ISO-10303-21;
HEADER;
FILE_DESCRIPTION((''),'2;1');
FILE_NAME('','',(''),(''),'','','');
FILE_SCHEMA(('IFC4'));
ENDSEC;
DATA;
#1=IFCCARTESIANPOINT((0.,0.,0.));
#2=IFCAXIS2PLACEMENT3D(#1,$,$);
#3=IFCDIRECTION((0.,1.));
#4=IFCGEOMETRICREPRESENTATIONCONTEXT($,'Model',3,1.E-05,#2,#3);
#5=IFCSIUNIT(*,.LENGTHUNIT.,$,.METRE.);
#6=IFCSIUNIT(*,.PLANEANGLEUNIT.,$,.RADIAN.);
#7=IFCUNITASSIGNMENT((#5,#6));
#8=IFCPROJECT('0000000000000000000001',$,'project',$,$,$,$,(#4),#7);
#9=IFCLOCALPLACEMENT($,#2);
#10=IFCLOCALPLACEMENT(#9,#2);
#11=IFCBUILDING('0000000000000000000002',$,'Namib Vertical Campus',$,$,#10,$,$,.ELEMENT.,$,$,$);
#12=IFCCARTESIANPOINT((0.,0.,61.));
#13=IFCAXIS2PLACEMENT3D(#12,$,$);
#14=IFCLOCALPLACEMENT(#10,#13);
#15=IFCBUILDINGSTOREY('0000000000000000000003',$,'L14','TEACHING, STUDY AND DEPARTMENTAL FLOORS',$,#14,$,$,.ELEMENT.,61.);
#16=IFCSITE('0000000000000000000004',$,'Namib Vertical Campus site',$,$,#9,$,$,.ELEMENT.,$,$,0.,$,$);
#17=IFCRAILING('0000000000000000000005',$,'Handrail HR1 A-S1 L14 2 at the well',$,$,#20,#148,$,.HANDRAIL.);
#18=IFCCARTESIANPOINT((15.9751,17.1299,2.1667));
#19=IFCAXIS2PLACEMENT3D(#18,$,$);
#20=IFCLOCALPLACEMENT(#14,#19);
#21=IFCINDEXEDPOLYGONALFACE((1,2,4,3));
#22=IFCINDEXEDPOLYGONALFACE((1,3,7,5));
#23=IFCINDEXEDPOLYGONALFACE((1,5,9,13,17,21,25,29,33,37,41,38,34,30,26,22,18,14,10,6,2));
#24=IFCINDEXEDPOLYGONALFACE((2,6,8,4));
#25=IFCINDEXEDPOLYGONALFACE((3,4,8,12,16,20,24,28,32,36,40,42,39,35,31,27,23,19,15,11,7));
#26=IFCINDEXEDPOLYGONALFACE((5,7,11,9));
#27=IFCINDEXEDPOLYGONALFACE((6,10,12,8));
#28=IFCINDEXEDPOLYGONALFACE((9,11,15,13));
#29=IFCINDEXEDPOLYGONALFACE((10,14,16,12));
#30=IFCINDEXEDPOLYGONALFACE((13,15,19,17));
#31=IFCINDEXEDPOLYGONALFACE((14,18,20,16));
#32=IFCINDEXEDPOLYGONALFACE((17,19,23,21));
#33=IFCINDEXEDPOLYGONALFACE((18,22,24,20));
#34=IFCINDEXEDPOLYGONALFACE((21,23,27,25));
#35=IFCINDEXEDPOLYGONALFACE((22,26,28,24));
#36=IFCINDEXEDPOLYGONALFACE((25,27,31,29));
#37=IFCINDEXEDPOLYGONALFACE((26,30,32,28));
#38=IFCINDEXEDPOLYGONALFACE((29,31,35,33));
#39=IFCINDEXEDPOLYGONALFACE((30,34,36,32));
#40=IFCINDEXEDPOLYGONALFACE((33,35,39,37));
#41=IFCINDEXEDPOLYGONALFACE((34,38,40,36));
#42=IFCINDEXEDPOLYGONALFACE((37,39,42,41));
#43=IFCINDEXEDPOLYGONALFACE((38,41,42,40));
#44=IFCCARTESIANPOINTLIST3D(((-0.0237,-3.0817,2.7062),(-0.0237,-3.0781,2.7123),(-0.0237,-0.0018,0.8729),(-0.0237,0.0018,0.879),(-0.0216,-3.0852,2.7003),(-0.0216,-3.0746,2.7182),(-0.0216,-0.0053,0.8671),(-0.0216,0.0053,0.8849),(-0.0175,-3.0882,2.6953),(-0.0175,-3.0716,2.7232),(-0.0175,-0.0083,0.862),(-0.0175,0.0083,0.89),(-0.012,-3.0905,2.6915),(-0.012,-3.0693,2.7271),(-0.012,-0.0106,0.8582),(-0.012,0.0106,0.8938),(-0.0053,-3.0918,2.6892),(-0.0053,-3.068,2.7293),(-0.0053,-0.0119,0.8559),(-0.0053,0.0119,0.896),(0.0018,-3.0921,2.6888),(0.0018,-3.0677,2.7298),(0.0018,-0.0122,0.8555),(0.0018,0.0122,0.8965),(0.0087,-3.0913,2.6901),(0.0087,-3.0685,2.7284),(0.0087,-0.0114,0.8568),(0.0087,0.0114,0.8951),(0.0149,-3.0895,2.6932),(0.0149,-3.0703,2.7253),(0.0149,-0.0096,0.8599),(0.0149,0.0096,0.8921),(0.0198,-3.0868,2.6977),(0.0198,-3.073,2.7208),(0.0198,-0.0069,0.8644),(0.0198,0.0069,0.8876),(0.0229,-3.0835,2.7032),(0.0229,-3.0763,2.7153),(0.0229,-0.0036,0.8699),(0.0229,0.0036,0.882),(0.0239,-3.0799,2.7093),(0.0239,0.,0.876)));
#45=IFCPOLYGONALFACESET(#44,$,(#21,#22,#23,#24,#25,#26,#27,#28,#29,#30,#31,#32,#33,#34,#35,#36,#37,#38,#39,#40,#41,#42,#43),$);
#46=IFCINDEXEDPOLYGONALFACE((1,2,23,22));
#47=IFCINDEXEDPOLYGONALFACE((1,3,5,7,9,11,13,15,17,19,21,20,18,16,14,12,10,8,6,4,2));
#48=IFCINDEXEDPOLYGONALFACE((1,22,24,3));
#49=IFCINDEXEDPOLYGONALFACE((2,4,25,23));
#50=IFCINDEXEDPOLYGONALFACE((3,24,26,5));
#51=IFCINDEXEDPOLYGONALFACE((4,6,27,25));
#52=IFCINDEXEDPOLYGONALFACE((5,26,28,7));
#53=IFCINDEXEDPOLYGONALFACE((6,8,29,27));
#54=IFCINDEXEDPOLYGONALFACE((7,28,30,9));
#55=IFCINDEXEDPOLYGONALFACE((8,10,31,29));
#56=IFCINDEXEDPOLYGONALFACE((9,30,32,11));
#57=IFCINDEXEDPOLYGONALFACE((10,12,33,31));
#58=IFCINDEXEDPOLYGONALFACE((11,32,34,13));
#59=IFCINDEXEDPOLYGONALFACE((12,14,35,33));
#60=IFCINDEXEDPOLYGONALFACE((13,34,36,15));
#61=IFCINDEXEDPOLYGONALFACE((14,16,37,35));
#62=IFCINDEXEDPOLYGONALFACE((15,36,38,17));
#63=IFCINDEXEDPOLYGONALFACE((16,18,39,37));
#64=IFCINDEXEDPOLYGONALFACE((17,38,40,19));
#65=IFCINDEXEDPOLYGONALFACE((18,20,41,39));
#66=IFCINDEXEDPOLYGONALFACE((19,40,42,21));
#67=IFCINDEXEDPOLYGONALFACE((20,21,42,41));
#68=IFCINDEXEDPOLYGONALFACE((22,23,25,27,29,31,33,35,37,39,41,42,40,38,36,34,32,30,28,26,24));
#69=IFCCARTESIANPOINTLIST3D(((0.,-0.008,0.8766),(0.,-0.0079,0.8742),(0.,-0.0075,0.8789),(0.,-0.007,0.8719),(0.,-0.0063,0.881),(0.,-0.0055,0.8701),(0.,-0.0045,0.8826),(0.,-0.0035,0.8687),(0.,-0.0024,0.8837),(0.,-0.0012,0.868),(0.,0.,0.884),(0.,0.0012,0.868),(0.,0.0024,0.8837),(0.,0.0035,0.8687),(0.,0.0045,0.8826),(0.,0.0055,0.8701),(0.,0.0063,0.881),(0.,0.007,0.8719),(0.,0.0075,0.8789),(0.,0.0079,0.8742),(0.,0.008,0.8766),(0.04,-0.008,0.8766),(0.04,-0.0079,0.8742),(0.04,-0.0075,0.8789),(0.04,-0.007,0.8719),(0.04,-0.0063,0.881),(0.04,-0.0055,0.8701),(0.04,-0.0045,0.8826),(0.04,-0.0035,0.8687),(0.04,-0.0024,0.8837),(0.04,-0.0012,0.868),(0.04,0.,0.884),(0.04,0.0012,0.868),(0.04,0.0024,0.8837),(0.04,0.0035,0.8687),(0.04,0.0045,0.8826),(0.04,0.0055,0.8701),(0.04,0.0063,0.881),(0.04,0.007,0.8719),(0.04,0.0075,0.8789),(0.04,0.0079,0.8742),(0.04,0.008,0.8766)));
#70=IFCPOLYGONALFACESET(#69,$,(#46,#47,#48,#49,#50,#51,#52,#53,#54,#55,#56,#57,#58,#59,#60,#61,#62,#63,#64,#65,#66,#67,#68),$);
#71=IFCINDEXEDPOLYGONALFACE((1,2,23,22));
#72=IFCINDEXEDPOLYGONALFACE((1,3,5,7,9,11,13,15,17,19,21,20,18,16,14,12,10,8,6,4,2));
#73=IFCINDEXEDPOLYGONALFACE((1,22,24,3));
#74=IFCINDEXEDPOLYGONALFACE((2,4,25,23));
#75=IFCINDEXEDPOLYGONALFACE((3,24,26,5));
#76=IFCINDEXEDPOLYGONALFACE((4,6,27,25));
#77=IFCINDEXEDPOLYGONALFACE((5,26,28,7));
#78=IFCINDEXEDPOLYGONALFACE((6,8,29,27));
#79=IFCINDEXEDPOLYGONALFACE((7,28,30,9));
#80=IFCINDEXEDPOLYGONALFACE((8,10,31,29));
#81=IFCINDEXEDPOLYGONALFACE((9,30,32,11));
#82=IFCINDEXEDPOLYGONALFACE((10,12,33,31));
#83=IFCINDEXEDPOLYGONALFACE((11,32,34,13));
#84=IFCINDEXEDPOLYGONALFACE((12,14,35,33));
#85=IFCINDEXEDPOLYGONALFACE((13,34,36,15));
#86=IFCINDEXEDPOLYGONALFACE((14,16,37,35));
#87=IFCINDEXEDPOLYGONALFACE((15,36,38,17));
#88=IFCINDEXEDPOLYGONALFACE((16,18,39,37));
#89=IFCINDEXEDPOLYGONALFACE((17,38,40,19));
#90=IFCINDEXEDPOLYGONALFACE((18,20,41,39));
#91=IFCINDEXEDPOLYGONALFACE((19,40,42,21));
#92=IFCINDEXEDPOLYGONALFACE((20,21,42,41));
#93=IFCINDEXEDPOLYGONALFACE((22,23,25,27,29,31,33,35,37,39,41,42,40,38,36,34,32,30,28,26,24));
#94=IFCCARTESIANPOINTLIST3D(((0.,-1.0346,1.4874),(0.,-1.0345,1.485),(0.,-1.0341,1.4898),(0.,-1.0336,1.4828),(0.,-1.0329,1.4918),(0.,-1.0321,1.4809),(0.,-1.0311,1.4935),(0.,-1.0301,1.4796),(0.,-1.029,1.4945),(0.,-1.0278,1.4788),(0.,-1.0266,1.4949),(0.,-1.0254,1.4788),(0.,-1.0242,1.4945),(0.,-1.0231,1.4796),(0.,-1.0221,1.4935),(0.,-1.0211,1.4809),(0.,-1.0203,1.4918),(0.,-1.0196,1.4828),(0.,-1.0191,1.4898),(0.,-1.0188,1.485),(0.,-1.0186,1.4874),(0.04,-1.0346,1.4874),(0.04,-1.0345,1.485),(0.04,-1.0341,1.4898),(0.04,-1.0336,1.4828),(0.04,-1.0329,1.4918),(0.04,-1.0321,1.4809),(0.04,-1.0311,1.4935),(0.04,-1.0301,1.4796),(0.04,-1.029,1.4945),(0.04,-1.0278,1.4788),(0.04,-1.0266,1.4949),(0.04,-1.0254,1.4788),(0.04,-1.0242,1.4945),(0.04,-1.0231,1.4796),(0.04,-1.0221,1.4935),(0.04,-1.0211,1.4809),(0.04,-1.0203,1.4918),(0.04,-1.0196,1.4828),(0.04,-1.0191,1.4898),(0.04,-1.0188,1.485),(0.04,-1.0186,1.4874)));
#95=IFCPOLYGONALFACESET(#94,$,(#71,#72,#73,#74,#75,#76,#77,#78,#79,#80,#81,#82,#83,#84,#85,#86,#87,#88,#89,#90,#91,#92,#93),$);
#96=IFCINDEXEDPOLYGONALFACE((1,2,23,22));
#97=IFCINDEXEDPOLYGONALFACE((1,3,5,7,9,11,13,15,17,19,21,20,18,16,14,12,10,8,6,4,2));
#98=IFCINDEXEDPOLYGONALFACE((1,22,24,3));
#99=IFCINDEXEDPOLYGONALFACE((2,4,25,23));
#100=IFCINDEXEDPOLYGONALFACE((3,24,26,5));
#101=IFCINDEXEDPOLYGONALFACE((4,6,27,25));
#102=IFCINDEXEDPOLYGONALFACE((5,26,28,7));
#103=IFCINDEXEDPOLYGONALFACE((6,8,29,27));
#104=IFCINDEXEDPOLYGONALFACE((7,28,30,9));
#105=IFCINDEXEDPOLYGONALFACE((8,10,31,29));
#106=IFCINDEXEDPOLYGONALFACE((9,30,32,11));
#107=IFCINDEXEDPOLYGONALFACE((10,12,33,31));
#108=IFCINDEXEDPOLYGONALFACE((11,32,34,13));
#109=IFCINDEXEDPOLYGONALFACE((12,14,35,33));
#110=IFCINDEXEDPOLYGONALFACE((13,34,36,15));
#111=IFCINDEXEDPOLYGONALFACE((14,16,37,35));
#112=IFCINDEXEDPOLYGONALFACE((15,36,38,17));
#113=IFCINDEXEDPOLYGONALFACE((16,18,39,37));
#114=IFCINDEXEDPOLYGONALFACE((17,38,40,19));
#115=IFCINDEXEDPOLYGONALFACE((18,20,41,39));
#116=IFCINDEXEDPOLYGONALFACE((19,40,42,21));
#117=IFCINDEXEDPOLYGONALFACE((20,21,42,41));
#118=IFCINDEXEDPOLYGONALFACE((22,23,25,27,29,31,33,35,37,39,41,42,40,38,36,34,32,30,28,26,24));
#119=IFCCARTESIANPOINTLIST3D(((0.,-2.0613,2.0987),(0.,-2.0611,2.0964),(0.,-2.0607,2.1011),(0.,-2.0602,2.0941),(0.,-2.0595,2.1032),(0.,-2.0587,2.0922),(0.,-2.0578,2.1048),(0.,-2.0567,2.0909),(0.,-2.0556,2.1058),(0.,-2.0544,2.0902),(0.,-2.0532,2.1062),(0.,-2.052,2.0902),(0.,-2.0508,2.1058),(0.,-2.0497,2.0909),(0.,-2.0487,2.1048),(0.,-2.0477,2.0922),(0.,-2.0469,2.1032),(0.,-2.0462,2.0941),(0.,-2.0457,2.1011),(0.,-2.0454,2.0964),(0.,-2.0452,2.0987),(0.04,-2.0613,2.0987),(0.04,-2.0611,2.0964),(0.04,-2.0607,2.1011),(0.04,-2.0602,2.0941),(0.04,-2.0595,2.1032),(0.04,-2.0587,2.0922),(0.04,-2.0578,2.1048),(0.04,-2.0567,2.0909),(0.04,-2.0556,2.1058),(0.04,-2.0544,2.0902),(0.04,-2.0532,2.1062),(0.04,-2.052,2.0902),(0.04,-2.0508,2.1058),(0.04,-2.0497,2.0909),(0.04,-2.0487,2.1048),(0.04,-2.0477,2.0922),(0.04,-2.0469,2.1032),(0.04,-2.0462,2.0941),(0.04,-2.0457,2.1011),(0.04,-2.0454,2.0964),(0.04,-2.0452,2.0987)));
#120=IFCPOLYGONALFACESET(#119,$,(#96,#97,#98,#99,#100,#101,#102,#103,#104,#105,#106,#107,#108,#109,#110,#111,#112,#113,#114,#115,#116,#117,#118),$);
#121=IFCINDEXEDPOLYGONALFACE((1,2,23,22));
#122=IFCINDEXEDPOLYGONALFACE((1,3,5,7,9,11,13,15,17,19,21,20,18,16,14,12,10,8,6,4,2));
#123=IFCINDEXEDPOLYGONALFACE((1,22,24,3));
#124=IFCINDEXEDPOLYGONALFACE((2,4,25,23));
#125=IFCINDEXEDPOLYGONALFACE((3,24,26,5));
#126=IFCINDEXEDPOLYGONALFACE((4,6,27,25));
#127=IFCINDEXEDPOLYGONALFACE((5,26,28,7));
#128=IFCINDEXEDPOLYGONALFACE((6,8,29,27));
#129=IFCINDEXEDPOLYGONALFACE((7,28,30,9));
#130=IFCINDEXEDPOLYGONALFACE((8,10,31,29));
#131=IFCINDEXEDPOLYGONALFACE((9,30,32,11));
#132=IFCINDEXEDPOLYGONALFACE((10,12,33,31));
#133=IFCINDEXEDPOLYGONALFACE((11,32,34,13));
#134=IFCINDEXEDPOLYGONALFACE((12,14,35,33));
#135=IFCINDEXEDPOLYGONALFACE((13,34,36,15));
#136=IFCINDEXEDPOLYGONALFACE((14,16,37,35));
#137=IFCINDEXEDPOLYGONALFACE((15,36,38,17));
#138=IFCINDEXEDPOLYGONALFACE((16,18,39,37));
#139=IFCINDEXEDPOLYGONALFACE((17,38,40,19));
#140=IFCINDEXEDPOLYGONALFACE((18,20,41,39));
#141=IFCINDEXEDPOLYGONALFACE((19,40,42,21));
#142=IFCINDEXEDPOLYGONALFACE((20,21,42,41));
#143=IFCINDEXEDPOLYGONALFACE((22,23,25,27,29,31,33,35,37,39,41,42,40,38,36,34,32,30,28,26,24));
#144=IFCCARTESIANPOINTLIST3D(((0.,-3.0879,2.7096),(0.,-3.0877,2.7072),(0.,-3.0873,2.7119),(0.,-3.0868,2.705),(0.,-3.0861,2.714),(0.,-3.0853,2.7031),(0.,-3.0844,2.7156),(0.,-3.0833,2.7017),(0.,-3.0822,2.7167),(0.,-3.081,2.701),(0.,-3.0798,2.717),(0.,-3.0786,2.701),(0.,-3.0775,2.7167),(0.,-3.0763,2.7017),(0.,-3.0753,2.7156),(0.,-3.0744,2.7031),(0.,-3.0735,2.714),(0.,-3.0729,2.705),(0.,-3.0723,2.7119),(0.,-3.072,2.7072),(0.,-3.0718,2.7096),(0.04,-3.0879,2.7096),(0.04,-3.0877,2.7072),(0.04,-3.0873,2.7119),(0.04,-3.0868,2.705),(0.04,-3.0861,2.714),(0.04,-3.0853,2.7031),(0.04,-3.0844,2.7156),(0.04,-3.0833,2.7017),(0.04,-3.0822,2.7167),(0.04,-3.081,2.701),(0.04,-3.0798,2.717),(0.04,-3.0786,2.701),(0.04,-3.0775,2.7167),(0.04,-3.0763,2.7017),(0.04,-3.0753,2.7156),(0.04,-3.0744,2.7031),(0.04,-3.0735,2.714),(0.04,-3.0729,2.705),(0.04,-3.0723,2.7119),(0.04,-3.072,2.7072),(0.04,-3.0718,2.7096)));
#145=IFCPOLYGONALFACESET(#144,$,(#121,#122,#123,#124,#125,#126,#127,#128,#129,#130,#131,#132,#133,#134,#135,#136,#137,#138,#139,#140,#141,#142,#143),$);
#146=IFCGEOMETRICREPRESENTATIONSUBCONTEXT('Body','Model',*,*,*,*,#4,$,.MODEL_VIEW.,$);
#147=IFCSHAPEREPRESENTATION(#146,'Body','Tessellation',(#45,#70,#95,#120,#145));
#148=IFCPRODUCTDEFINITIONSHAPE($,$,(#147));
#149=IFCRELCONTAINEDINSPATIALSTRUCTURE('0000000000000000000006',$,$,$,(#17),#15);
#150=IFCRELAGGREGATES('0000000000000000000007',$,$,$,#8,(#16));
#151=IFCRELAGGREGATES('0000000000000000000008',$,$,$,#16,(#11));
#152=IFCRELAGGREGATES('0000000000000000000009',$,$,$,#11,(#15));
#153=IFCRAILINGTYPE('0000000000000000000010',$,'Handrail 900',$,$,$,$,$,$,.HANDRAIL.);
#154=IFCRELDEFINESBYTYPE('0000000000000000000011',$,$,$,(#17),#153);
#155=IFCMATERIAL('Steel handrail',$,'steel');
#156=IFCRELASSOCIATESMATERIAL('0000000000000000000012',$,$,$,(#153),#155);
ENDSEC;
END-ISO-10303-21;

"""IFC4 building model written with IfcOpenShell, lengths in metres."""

from ifc_helpers import new_model, si_unit, direction, frame, origin, origin_2d, place, context, subcontext, project, spatial, circle, extrude, material, type_object, element, save


model = new_model("IFC4")

# Units and contexts
model_context = context("Model", 3, precision=1e-05, world=origin(), true_north=direction((0.0, 1.0)))
body_context = subcontext(model_context, "Body", "Model", "MODEL_VIEW")
ifc_project = project(units=[si_unit("LENGTHUNIT", "METRE"), si_unit("PLANEANGLEUNIT", "RADIAN")], contexts=[model_context])

# Site, building, storey
site_placement = place(None, origin())
site = spatial("IfcSite", under=ifc_project, at=site_placement, Name="Namib Vertical Campus site", CompositionType="ELEMENT", RefElevation=0.0)
building_placement = place(site_placement, origin())
building = spatial("IfcBuilding", under=site, at=building_placement, Name="Namib Vertical Campus", CompositionType="ELEMENT")
storey_placement = place(building_placement, frame((0.0, 0.0, 61.0)))
storey = spatial("IfcBuildingStorey", under=building, at=storey_placement, Name="L14", Description="TEACHING, STUDY AND DEPARTMENTAL FLOORS", CompositionType="ELEMENT", Elevation=61.0)

# Railing
ifc_material_1 = material(Name="Steel handrail", Category="steel")
railing_type_1 = type_object("IfcRailingType", Name="Handrail 900", PredefinedType="HANDRAIL", material=ifc_material_1)
railing_1_placement = place(storey_placement, frame((15.9751, 17.1299, 2.1667)))
element("IfcRailing", 1, at=railing_1_placement, inside=storey, type_object=railing_type_1, Name="Handrail HR1 A-S1 L14 2 at the well", PredefinedType="HANDRAIL", context=body_context, shape_type="SweptSolid", body=[
    extrude(circle(Radius=0.0239, at=origin_2d()), frame((0.0, 0.0, 0.876), z_axis=(0.0, -0.859291, 0.511487), x_axis=(1.0, 0.0, 0.0)), (0.0, 0.0, 1.0), 3.5842),
    extrude(circle(Radius=0.0081, at=origin_2d()), frame((0.0, 0.0, 0.876), z_axis=(1.0, 0.0, 0.0), x_axis=(0.0, 0.0, 1.0)), (0.0, 0.0, 1.0), 0.04),
    extrude(circle(Radius=0.0081, at=origin_2d()), frame((0.0, -1.0266, 1.4868), z_axis=(1.0, 0.0, 0.0), x_axis=(0.0, 0.0, 1.0)), (0.0, 0.0, 1.0), 0.04),
    extrude(circle(Radius=0.0081, at=origin_2d()), frame((0.0, -2.0532, 2.0981), z_axis=(1.0, 0.0, 0.0), x_axis=(0.0, 0.0, 1.0)), (0.0, 0.0, 1.0), 0.04),
    extrude(circle(Radius=0.0081, at=origin_2d()), frame((0.0, -3.0798, 2.709), z_axis=(1.0, 0.0, 0.0), x_axis=(0.0, 0.0, 1.0)), (0.0, 0.0, 1.0), 0.04),
])

save(model, "model.ifc")
